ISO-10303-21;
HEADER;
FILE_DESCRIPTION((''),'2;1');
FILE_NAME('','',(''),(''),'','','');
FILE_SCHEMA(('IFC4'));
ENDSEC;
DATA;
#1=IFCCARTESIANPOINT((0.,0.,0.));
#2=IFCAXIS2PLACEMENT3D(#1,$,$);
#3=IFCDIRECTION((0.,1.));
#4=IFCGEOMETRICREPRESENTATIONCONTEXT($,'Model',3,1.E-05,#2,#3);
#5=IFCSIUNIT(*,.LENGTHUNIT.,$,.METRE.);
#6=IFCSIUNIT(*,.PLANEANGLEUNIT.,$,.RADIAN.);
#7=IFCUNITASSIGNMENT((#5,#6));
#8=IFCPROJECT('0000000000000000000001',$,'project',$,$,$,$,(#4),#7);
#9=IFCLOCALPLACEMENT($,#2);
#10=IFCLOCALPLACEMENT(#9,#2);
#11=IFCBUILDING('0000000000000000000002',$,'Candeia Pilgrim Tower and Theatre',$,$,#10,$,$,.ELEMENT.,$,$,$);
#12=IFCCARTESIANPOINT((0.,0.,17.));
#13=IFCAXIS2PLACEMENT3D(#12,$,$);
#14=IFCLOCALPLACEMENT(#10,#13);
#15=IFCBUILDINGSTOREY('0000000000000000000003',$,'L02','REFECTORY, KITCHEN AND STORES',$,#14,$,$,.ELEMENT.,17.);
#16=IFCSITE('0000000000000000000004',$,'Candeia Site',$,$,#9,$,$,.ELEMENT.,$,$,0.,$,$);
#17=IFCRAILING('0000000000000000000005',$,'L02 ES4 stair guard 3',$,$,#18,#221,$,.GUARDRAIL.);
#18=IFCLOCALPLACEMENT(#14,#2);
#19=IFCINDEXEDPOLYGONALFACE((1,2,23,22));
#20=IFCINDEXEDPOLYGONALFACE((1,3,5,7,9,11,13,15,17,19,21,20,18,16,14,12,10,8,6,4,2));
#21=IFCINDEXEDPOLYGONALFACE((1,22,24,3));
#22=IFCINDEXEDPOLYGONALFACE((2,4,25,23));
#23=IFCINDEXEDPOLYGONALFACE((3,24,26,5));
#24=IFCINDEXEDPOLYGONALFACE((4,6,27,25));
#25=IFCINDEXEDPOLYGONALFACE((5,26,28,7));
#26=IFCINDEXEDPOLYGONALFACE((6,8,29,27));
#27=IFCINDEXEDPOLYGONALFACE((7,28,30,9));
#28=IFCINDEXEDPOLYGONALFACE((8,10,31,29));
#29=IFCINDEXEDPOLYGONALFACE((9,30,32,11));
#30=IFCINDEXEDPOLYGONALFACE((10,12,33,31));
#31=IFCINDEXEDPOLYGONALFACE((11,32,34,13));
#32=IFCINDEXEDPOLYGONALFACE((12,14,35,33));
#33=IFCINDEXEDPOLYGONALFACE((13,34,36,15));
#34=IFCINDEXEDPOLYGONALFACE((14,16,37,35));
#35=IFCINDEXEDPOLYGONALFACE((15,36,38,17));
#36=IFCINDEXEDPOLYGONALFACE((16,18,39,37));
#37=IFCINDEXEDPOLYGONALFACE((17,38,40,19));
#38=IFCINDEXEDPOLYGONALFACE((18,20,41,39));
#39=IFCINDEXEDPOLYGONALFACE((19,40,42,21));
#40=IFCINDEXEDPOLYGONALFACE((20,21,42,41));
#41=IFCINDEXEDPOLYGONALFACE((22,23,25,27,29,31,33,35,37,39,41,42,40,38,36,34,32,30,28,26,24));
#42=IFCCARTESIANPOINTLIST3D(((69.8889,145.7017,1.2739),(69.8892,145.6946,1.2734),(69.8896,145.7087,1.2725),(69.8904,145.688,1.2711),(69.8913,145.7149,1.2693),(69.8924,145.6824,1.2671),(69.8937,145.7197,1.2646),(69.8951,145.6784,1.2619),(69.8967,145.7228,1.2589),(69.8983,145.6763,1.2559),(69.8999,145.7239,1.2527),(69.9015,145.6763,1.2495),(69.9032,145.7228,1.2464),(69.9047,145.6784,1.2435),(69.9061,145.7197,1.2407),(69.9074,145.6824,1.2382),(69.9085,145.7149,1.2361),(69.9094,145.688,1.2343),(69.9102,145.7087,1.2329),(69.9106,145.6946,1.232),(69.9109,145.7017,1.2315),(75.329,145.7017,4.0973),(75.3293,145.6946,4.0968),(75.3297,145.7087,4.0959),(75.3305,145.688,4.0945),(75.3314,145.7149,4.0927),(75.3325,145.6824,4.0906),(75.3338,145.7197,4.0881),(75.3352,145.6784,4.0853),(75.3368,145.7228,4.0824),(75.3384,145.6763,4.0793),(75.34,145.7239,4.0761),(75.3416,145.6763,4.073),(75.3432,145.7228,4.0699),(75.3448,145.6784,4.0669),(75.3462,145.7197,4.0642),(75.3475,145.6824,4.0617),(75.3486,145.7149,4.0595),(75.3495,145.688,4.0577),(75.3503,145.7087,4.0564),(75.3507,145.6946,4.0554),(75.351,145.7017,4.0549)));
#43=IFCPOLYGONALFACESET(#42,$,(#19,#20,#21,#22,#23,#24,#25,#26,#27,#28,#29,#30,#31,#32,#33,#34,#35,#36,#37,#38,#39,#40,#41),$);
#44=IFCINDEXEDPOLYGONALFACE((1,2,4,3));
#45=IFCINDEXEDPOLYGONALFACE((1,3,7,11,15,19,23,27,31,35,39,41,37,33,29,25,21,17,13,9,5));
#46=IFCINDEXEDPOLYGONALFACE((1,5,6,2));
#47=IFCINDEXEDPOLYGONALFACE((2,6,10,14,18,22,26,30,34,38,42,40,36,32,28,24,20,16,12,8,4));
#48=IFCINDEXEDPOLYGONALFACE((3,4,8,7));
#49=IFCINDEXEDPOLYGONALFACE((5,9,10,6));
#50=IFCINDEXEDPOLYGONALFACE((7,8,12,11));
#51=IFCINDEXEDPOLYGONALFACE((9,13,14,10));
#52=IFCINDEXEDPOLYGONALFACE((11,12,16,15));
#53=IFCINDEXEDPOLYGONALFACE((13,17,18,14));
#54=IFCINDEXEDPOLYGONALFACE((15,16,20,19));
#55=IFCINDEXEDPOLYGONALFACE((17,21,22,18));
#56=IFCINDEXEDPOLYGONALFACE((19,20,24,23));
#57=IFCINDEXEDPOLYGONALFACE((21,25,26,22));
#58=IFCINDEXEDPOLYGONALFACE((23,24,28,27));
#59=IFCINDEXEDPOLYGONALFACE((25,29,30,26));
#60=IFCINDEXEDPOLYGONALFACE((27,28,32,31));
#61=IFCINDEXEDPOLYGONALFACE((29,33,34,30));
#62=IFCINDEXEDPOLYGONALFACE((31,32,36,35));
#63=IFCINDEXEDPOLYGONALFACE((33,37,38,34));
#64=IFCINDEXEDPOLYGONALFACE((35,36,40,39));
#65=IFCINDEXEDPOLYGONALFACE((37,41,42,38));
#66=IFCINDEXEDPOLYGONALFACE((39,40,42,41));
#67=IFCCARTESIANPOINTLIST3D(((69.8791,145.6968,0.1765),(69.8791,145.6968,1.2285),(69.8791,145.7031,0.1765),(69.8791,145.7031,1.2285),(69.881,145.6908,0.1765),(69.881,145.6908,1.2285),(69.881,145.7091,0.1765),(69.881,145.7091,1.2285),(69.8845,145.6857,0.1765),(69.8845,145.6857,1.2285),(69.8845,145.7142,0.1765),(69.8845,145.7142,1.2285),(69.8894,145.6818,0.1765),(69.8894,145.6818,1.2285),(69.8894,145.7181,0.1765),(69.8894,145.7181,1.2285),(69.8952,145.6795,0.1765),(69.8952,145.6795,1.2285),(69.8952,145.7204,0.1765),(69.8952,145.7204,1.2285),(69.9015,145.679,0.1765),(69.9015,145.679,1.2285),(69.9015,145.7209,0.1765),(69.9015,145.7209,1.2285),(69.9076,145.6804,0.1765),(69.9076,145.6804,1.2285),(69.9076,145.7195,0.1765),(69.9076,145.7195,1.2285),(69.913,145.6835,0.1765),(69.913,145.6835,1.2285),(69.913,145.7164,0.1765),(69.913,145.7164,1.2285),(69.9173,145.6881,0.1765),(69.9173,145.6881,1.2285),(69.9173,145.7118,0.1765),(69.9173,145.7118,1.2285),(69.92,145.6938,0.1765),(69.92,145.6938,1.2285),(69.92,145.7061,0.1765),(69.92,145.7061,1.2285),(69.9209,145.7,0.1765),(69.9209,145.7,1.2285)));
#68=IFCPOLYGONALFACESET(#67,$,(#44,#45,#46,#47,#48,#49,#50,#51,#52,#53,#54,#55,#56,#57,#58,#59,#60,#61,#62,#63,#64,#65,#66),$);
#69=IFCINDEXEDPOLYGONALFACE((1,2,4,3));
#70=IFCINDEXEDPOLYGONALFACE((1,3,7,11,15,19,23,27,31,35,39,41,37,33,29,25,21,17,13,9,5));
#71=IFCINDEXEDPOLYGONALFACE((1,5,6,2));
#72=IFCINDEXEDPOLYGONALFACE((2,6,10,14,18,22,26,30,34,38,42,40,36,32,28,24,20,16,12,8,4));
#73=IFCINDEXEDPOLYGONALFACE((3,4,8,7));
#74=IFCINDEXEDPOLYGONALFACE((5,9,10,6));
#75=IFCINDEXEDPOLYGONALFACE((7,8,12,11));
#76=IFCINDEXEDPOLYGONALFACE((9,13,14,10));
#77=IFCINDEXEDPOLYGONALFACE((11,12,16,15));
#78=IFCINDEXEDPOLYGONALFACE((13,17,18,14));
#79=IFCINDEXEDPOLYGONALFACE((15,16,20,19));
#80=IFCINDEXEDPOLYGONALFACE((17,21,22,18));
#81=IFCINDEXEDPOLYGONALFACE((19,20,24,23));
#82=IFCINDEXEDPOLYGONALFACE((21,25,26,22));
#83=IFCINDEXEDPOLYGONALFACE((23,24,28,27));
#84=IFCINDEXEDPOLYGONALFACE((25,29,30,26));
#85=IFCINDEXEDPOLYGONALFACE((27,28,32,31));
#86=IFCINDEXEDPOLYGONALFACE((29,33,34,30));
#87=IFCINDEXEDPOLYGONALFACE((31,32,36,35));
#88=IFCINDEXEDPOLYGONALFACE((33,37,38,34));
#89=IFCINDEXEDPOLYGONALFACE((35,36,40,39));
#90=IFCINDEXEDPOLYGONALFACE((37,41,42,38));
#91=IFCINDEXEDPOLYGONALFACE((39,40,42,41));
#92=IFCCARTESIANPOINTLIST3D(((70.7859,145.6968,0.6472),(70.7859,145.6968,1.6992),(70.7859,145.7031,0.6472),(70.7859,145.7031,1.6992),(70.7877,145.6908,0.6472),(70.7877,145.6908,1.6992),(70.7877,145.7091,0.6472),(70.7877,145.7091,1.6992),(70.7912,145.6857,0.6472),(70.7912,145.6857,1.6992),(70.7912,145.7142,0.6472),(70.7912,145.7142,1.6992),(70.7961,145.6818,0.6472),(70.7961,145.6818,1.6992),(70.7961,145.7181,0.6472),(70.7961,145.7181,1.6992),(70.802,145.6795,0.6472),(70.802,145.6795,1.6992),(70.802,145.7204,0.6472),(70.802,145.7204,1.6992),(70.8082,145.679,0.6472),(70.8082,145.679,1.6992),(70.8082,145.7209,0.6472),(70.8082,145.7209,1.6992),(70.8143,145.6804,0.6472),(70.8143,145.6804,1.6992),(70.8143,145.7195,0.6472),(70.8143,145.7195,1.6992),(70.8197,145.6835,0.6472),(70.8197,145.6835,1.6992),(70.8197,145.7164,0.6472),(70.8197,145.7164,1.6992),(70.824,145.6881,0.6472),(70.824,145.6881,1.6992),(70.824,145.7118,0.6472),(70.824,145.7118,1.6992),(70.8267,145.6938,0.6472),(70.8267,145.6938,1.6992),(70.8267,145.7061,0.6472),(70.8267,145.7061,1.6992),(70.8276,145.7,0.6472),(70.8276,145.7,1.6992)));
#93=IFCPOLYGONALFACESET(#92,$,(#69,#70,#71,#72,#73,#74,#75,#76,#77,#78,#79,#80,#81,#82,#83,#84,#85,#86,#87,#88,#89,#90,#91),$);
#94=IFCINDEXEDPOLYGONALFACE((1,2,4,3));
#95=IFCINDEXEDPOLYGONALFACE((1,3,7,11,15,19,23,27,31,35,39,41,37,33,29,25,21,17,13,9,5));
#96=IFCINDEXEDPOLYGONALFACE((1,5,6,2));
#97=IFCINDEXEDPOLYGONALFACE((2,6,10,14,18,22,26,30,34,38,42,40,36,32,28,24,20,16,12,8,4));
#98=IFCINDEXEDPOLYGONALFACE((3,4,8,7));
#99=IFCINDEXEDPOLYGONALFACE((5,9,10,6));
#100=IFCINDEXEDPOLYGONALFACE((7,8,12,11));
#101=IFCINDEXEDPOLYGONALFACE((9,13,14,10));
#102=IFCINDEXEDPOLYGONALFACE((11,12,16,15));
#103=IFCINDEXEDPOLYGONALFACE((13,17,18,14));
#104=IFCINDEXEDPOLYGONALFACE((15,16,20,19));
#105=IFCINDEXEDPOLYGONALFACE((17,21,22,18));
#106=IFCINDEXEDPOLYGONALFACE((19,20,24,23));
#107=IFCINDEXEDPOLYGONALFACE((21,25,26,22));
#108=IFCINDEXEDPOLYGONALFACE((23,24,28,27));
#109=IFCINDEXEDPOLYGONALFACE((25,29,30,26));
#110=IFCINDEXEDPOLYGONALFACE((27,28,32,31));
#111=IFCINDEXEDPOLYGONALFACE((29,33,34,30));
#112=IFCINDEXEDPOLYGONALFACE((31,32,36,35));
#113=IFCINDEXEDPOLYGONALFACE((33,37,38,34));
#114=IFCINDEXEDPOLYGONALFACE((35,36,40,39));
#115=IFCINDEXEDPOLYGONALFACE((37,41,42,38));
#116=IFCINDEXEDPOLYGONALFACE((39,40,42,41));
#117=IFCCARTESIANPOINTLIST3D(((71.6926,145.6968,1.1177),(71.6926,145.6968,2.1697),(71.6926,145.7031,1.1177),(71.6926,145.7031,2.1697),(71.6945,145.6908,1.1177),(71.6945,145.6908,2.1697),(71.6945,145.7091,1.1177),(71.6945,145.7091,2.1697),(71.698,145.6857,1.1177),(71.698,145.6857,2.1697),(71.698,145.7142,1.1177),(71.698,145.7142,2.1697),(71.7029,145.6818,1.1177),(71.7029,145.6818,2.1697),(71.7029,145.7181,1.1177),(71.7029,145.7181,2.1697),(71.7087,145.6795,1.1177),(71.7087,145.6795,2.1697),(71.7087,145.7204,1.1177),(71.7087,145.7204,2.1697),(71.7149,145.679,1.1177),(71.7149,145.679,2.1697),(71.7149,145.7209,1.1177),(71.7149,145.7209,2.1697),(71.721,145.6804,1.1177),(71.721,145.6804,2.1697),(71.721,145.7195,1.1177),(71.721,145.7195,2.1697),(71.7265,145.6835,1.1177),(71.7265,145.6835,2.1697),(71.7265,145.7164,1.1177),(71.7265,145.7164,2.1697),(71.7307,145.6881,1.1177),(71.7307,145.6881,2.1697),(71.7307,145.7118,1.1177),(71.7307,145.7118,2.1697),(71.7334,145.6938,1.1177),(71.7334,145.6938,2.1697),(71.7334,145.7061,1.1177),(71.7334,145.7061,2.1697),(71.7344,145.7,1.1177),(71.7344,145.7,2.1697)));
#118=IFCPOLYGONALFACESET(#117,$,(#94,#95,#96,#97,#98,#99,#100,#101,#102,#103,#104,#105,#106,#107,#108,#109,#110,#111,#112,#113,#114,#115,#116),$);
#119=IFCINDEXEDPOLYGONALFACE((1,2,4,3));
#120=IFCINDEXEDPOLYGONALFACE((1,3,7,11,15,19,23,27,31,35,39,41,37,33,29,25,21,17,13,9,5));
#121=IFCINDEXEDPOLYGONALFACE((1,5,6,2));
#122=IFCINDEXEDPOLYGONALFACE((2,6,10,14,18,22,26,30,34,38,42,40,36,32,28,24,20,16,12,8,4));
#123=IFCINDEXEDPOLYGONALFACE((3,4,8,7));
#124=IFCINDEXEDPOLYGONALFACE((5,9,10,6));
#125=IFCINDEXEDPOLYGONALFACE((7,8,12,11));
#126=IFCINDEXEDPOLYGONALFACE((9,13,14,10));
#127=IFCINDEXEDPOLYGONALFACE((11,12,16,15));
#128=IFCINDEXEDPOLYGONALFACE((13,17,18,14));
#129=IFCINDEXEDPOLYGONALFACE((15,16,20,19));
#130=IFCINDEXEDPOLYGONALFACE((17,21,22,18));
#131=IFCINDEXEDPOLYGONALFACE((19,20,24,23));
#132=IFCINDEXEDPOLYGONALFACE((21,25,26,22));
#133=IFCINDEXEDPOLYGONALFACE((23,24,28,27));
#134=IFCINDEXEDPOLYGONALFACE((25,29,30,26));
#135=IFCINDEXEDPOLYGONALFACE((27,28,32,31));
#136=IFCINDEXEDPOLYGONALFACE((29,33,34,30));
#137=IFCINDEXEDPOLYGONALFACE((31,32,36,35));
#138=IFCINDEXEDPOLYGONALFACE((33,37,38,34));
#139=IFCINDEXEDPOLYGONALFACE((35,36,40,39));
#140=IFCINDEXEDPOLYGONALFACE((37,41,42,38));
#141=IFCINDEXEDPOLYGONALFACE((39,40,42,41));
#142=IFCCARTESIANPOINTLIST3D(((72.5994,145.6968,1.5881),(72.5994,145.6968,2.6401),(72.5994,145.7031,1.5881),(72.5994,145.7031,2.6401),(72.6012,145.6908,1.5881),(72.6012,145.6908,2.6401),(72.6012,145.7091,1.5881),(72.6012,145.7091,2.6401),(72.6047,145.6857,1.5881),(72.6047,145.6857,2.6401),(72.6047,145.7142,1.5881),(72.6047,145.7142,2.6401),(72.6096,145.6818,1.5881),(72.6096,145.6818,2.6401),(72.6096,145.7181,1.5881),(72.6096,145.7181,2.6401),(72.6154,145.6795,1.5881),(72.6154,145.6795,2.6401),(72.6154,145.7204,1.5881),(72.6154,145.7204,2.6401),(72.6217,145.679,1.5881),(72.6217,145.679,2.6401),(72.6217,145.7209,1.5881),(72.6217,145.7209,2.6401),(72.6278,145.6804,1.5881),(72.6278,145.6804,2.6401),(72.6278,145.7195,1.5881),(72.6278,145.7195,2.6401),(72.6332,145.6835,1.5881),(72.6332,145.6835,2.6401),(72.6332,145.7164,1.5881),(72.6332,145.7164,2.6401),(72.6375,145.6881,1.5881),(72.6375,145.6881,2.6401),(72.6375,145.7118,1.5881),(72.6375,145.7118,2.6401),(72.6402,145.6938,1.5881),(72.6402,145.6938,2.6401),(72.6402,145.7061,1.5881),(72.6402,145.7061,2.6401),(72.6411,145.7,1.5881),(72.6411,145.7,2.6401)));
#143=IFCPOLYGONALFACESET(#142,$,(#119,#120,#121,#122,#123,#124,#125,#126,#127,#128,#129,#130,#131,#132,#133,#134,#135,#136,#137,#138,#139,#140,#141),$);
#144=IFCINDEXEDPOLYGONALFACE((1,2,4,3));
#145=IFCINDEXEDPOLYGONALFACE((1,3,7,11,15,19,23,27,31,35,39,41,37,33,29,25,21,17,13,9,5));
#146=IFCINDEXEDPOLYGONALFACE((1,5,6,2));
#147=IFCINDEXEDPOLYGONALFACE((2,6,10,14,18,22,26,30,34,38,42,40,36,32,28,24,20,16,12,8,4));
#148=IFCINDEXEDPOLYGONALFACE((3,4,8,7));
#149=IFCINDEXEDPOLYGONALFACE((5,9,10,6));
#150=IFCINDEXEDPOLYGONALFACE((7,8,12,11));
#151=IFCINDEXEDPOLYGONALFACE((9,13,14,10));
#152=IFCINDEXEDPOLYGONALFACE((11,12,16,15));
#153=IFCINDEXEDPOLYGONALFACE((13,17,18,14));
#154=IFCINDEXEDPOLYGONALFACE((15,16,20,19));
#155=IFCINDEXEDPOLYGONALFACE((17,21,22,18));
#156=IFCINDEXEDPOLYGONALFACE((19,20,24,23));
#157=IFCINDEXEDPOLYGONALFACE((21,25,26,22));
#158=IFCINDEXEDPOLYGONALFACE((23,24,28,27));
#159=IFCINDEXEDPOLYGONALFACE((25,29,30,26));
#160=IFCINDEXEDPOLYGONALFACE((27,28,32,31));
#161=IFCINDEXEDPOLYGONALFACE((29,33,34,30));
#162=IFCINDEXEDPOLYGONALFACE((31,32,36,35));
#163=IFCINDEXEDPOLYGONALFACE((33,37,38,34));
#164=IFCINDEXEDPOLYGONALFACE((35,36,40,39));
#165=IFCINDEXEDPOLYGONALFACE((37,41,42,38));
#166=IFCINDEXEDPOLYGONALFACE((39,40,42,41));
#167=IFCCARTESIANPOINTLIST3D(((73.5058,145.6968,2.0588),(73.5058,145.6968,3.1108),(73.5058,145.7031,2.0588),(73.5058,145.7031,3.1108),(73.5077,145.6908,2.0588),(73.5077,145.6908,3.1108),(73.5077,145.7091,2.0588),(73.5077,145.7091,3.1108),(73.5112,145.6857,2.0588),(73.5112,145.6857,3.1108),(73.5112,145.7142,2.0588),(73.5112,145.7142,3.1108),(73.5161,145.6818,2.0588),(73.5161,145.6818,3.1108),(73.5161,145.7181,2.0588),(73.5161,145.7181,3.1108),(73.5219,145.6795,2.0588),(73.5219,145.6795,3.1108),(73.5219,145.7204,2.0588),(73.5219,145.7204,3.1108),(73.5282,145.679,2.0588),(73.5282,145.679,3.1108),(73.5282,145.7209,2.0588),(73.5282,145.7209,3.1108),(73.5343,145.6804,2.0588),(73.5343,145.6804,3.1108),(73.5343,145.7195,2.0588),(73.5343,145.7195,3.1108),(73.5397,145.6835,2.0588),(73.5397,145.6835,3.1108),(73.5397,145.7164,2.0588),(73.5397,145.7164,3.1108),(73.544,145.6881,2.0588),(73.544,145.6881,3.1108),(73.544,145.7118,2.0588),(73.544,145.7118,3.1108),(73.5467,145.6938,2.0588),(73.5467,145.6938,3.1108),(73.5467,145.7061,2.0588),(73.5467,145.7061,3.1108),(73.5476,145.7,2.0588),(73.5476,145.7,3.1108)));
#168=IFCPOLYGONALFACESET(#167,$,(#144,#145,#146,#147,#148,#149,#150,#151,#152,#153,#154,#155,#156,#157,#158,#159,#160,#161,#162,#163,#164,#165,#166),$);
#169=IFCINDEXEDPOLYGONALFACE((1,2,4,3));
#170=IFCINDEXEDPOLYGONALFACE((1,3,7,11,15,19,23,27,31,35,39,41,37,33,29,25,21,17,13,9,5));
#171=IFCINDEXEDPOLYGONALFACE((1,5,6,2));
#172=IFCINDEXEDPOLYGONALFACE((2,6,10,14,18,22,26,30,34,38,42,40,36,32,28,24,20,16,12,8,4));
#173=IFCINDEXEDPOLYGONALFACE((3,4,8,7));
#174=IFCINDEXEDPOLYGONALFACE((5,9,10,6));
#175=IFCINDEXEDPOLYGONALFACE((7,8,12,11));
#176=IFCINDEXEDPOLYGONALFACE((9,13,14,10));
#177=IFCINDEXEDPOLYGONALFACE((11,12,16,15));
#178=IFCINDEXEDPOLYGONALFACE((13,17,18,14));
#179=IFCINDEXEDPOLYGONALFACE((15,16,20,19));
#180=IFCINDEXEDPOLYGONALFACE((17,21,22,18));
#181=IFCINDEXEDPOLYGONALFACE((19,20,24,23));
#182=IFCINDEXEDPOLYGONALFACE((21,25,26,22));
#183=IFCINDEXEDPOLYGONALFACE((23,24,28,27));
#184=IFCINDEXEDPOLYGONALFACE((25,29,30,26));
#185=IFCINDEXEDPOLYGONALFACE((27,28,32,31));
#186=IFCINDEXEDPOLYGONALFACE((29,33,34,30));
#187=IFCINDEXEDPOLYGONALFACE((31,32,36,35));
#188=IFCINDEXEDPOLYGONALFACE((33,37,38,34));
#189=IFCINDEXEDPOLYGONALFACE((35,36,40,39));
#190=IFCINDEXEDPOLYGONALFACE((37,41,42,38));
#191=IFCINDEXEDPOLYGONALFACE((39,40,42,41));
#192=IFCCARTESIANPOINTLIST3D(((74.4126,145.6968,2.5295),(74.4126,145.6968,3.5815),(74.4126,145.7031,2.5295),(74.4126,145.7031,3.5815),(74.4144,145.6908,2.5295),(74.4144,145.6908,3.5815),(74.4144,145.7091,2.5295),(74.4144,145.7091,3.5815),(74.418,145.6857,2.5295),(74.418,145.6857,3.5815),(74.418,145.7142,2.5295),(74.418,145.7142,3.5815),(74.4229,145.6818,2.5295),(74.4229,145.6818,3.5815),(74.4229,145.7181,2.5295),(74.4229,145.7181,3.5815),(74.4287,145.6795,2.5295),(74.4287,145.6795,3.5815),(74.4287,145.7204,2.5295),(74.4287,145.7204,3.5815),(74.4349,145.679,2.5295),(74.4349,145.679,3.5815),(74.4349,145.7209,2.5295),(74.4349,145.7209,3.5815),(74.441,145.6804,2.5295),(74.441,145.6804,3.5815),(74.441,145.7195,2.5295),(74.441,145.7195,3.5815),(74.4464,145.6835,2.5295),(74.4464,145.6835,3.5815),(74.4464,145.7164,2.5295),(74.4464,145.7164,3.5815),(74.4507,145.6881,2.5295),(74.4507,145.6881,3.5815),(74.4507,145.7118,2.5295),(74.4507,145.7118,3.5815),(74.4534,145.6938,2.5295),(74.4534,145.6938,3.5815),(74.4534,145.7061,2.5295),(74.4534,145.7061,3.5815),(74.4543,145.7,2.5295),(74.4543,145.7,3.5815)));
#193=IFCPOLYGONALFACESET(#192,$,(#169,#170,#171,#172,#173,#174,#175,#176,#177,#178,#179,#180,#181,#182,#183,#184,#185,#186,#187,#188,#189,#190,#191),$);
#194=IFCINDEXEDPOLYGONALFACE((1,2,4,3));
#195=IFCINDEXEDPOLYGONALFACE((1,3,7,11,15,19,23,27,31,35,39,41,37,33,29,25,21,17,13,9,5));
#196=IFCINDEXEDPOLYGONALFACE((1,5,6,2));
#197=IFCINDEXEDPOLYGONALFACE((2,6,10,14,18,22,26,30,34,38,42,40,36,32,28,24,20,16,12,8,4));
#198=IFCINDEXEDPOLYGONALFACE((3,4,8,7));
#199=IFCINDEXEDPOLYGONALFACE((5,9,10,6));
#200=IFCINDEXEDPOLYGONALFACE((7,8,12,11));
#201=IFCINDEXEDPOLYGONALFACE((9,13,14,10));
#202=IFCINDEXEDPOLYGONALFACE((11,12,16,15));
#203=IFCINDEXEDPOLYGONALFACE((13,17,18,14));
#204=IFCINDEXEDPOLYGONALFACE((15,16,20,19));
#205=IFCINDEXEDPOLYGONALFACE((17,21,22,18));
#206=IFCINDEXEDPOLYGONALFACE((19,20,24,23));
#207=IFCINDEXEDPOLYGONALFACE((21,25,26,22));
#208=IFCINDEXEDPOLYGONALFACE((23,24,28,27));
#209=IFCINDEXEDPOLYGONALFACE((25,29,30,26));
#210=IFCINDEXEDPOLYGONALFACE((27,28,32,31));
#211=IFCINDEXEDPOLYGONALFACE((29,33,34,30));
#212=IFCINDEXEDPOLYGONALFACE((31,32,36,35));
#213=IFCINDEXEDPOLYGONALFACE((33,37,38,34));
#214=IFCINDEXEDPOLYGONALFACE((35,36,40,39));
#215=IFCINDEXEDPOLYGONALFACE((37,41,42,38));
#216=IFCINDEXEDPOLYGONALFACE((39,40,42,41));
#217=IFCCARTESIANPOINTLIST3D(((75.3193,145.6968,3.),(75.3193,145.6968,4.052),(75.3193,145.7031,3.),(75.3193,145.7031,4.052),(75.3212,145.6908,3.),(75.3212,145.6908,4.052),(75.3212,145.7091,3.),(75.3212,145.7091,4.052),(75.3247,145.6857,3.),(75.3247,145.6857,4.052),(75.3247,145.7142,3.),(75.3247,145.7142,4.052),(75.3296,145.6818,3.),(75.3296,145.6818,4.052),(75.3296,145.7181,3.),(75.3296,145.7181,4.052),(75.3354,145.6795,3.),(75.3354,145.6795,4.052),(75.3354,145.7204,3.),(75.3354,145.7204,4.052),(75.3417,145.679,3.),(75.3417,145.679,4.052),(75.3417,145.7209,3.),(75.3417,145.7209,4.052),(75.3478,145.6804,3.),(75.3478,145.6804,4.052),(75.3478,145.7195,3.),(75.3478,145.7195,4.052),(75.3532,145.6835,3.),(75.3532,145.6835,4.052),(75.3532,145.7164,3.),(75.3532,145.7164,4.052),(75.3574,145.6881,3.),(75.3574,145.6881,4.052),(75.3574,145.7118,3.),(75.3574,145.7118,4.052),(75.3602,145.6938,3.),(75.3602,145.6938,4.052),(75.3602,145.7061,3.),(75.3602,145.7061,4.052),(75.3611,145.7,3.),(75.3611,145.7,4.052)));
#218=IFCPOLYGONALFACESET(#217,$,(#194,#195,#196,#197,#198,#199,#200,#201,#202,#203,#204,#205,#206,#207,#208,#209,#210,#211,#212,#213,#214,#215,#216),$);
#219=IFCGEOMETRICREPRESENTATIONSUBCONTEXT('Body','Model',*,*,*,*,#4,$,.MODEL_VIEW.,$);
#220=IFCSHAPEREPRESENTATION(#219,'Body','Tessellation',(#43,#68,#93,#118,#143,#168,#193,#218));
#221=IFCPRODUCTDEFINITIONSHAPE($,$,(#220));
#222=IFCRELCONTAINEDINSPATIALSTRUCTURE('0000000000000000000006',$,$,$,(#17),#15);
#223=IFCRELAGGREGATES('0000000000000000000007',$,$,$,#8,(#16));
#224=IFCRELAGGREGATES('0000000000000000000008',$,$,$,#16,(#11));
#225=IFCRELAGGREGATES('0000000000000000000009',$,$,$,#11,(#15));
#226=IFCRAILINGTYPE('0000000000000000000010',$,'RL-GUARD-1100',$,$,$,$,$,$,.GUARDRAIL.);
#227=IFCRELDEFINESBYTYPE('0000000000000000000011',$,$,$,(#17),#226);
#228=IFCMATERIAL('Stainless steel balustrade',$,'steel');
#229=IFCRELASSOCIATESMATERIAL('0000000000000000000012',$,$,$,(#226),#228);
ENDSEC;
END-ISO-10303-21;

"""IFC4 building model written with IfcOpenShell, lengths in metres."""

from ifc_helpers import new_model, si_unit, direction, frame, origin, origin_2d, place, context, subcontext, project, spatial, circle, extrude, material, type_object, element, save


model = new_model("IFC4")

# Units and contexts
model_context = context("Model", 3, precision=1e-05, world=origin(), true_north=direction((0.0, 1.0)))
body_context = subcontext(model_context, "Body", "Model", "MODEL_VIEW")
ifc_project = project(units=[si_unit("LENGTHUNIT", "METRE"), si_unit("PLANEANGLEUNIT", "RADIAN")], contexts=[model_context])

# Site, building, storey
site_placement = place(None, origin())
site = spatial("IfcSite", under=ifc_project, at=site_placement, Name="Candeia Site", CompositionType="ELEMENT", RefElevation=0.0)
building_placement = place(site_placement, origin())
building = spatial("IfcBuilding", under=site, at=building_placement, Name="Candeia Pilgrim Tower and Theatre", CompositionType="ELEMENT")
storey_placement = place(building_placement, frame((0.0, 0.0, 17.0)))
storey = spatial("IfcBuildingStorey", under=building, at=storey_placement, Name="L02", Description="REFECTORY, KITCHEN AND STORES", CompositionType="ELEMENT", Elevation=17.0)

# Railing
ifc_material_1 = material(Name="Stainless steel balustrade", Category="steel")
railing_type_1 = type_object("IfcRailingType", Name="RL-GUARD-1100", PredefinedType="GUARDRAIL", material=ifc_material_1)
railing_1_placement = place(storey_placement, frame((69.8999, 145.7, 0.1765)))
element("IfcRailing", 1, at=railing_1_placement, inside=storey, type_object=railing_type_1, Name="L02 ES4 stair guard 3", PredefinedType="GUARDRAIL", context=body_context, shape_type="SweptSolid", body=[
    extrude(circle(Radius=0.0239, at=origin_2d()), frame((0.0, 0.0, 1.0762), z_axis=(0.887578, 0.0, 0.460658), x_axis=(0.0, 1.0, 0.0)), (0.0, 0.0, 1.0), 6.1292),
    extrude(circle(Radius=0.021, at=origin_2d()), origin(), (0.0, 0.0, 1.0), 1.052),
    extrude(circle(Radius=0.021, at=origin_2d()), frame((0.9067, 0.0, 0.4707)), (0.0, 0.0, 1.0), 1.052),
    extrude(circle(Radius=0.021, at=origin_2d()), frame((1.8135, 0.0, 0.9412)), (0.0, 0.0, 1.0), 1.052),
    extrude(circle(Radius=0.021, at=origin_2d()), frame((2.7202, 0.0, 1.4116)), (0.0, 0.0, 1.0), 1.052),
    extrude(circle(Radius=0.021, at=origin_2d()), frame((3.6267, 0.0, 1.8823)), (0.0, 0.0, 1.0), 1.052),
    extrude(circle(Radius=0.021, at=origin_2d()), frame((4.5334, 0.0, 2.353)), (0.0, 0.0, 1.0), 1.052),
    extrude(circle(Radius=0.021, at=origin_2d()), frame((5.4402, 0.0, 2.8235)), (0.0, 0.0, 1.0), 1.052),
])

save(model, "model.ifc")
